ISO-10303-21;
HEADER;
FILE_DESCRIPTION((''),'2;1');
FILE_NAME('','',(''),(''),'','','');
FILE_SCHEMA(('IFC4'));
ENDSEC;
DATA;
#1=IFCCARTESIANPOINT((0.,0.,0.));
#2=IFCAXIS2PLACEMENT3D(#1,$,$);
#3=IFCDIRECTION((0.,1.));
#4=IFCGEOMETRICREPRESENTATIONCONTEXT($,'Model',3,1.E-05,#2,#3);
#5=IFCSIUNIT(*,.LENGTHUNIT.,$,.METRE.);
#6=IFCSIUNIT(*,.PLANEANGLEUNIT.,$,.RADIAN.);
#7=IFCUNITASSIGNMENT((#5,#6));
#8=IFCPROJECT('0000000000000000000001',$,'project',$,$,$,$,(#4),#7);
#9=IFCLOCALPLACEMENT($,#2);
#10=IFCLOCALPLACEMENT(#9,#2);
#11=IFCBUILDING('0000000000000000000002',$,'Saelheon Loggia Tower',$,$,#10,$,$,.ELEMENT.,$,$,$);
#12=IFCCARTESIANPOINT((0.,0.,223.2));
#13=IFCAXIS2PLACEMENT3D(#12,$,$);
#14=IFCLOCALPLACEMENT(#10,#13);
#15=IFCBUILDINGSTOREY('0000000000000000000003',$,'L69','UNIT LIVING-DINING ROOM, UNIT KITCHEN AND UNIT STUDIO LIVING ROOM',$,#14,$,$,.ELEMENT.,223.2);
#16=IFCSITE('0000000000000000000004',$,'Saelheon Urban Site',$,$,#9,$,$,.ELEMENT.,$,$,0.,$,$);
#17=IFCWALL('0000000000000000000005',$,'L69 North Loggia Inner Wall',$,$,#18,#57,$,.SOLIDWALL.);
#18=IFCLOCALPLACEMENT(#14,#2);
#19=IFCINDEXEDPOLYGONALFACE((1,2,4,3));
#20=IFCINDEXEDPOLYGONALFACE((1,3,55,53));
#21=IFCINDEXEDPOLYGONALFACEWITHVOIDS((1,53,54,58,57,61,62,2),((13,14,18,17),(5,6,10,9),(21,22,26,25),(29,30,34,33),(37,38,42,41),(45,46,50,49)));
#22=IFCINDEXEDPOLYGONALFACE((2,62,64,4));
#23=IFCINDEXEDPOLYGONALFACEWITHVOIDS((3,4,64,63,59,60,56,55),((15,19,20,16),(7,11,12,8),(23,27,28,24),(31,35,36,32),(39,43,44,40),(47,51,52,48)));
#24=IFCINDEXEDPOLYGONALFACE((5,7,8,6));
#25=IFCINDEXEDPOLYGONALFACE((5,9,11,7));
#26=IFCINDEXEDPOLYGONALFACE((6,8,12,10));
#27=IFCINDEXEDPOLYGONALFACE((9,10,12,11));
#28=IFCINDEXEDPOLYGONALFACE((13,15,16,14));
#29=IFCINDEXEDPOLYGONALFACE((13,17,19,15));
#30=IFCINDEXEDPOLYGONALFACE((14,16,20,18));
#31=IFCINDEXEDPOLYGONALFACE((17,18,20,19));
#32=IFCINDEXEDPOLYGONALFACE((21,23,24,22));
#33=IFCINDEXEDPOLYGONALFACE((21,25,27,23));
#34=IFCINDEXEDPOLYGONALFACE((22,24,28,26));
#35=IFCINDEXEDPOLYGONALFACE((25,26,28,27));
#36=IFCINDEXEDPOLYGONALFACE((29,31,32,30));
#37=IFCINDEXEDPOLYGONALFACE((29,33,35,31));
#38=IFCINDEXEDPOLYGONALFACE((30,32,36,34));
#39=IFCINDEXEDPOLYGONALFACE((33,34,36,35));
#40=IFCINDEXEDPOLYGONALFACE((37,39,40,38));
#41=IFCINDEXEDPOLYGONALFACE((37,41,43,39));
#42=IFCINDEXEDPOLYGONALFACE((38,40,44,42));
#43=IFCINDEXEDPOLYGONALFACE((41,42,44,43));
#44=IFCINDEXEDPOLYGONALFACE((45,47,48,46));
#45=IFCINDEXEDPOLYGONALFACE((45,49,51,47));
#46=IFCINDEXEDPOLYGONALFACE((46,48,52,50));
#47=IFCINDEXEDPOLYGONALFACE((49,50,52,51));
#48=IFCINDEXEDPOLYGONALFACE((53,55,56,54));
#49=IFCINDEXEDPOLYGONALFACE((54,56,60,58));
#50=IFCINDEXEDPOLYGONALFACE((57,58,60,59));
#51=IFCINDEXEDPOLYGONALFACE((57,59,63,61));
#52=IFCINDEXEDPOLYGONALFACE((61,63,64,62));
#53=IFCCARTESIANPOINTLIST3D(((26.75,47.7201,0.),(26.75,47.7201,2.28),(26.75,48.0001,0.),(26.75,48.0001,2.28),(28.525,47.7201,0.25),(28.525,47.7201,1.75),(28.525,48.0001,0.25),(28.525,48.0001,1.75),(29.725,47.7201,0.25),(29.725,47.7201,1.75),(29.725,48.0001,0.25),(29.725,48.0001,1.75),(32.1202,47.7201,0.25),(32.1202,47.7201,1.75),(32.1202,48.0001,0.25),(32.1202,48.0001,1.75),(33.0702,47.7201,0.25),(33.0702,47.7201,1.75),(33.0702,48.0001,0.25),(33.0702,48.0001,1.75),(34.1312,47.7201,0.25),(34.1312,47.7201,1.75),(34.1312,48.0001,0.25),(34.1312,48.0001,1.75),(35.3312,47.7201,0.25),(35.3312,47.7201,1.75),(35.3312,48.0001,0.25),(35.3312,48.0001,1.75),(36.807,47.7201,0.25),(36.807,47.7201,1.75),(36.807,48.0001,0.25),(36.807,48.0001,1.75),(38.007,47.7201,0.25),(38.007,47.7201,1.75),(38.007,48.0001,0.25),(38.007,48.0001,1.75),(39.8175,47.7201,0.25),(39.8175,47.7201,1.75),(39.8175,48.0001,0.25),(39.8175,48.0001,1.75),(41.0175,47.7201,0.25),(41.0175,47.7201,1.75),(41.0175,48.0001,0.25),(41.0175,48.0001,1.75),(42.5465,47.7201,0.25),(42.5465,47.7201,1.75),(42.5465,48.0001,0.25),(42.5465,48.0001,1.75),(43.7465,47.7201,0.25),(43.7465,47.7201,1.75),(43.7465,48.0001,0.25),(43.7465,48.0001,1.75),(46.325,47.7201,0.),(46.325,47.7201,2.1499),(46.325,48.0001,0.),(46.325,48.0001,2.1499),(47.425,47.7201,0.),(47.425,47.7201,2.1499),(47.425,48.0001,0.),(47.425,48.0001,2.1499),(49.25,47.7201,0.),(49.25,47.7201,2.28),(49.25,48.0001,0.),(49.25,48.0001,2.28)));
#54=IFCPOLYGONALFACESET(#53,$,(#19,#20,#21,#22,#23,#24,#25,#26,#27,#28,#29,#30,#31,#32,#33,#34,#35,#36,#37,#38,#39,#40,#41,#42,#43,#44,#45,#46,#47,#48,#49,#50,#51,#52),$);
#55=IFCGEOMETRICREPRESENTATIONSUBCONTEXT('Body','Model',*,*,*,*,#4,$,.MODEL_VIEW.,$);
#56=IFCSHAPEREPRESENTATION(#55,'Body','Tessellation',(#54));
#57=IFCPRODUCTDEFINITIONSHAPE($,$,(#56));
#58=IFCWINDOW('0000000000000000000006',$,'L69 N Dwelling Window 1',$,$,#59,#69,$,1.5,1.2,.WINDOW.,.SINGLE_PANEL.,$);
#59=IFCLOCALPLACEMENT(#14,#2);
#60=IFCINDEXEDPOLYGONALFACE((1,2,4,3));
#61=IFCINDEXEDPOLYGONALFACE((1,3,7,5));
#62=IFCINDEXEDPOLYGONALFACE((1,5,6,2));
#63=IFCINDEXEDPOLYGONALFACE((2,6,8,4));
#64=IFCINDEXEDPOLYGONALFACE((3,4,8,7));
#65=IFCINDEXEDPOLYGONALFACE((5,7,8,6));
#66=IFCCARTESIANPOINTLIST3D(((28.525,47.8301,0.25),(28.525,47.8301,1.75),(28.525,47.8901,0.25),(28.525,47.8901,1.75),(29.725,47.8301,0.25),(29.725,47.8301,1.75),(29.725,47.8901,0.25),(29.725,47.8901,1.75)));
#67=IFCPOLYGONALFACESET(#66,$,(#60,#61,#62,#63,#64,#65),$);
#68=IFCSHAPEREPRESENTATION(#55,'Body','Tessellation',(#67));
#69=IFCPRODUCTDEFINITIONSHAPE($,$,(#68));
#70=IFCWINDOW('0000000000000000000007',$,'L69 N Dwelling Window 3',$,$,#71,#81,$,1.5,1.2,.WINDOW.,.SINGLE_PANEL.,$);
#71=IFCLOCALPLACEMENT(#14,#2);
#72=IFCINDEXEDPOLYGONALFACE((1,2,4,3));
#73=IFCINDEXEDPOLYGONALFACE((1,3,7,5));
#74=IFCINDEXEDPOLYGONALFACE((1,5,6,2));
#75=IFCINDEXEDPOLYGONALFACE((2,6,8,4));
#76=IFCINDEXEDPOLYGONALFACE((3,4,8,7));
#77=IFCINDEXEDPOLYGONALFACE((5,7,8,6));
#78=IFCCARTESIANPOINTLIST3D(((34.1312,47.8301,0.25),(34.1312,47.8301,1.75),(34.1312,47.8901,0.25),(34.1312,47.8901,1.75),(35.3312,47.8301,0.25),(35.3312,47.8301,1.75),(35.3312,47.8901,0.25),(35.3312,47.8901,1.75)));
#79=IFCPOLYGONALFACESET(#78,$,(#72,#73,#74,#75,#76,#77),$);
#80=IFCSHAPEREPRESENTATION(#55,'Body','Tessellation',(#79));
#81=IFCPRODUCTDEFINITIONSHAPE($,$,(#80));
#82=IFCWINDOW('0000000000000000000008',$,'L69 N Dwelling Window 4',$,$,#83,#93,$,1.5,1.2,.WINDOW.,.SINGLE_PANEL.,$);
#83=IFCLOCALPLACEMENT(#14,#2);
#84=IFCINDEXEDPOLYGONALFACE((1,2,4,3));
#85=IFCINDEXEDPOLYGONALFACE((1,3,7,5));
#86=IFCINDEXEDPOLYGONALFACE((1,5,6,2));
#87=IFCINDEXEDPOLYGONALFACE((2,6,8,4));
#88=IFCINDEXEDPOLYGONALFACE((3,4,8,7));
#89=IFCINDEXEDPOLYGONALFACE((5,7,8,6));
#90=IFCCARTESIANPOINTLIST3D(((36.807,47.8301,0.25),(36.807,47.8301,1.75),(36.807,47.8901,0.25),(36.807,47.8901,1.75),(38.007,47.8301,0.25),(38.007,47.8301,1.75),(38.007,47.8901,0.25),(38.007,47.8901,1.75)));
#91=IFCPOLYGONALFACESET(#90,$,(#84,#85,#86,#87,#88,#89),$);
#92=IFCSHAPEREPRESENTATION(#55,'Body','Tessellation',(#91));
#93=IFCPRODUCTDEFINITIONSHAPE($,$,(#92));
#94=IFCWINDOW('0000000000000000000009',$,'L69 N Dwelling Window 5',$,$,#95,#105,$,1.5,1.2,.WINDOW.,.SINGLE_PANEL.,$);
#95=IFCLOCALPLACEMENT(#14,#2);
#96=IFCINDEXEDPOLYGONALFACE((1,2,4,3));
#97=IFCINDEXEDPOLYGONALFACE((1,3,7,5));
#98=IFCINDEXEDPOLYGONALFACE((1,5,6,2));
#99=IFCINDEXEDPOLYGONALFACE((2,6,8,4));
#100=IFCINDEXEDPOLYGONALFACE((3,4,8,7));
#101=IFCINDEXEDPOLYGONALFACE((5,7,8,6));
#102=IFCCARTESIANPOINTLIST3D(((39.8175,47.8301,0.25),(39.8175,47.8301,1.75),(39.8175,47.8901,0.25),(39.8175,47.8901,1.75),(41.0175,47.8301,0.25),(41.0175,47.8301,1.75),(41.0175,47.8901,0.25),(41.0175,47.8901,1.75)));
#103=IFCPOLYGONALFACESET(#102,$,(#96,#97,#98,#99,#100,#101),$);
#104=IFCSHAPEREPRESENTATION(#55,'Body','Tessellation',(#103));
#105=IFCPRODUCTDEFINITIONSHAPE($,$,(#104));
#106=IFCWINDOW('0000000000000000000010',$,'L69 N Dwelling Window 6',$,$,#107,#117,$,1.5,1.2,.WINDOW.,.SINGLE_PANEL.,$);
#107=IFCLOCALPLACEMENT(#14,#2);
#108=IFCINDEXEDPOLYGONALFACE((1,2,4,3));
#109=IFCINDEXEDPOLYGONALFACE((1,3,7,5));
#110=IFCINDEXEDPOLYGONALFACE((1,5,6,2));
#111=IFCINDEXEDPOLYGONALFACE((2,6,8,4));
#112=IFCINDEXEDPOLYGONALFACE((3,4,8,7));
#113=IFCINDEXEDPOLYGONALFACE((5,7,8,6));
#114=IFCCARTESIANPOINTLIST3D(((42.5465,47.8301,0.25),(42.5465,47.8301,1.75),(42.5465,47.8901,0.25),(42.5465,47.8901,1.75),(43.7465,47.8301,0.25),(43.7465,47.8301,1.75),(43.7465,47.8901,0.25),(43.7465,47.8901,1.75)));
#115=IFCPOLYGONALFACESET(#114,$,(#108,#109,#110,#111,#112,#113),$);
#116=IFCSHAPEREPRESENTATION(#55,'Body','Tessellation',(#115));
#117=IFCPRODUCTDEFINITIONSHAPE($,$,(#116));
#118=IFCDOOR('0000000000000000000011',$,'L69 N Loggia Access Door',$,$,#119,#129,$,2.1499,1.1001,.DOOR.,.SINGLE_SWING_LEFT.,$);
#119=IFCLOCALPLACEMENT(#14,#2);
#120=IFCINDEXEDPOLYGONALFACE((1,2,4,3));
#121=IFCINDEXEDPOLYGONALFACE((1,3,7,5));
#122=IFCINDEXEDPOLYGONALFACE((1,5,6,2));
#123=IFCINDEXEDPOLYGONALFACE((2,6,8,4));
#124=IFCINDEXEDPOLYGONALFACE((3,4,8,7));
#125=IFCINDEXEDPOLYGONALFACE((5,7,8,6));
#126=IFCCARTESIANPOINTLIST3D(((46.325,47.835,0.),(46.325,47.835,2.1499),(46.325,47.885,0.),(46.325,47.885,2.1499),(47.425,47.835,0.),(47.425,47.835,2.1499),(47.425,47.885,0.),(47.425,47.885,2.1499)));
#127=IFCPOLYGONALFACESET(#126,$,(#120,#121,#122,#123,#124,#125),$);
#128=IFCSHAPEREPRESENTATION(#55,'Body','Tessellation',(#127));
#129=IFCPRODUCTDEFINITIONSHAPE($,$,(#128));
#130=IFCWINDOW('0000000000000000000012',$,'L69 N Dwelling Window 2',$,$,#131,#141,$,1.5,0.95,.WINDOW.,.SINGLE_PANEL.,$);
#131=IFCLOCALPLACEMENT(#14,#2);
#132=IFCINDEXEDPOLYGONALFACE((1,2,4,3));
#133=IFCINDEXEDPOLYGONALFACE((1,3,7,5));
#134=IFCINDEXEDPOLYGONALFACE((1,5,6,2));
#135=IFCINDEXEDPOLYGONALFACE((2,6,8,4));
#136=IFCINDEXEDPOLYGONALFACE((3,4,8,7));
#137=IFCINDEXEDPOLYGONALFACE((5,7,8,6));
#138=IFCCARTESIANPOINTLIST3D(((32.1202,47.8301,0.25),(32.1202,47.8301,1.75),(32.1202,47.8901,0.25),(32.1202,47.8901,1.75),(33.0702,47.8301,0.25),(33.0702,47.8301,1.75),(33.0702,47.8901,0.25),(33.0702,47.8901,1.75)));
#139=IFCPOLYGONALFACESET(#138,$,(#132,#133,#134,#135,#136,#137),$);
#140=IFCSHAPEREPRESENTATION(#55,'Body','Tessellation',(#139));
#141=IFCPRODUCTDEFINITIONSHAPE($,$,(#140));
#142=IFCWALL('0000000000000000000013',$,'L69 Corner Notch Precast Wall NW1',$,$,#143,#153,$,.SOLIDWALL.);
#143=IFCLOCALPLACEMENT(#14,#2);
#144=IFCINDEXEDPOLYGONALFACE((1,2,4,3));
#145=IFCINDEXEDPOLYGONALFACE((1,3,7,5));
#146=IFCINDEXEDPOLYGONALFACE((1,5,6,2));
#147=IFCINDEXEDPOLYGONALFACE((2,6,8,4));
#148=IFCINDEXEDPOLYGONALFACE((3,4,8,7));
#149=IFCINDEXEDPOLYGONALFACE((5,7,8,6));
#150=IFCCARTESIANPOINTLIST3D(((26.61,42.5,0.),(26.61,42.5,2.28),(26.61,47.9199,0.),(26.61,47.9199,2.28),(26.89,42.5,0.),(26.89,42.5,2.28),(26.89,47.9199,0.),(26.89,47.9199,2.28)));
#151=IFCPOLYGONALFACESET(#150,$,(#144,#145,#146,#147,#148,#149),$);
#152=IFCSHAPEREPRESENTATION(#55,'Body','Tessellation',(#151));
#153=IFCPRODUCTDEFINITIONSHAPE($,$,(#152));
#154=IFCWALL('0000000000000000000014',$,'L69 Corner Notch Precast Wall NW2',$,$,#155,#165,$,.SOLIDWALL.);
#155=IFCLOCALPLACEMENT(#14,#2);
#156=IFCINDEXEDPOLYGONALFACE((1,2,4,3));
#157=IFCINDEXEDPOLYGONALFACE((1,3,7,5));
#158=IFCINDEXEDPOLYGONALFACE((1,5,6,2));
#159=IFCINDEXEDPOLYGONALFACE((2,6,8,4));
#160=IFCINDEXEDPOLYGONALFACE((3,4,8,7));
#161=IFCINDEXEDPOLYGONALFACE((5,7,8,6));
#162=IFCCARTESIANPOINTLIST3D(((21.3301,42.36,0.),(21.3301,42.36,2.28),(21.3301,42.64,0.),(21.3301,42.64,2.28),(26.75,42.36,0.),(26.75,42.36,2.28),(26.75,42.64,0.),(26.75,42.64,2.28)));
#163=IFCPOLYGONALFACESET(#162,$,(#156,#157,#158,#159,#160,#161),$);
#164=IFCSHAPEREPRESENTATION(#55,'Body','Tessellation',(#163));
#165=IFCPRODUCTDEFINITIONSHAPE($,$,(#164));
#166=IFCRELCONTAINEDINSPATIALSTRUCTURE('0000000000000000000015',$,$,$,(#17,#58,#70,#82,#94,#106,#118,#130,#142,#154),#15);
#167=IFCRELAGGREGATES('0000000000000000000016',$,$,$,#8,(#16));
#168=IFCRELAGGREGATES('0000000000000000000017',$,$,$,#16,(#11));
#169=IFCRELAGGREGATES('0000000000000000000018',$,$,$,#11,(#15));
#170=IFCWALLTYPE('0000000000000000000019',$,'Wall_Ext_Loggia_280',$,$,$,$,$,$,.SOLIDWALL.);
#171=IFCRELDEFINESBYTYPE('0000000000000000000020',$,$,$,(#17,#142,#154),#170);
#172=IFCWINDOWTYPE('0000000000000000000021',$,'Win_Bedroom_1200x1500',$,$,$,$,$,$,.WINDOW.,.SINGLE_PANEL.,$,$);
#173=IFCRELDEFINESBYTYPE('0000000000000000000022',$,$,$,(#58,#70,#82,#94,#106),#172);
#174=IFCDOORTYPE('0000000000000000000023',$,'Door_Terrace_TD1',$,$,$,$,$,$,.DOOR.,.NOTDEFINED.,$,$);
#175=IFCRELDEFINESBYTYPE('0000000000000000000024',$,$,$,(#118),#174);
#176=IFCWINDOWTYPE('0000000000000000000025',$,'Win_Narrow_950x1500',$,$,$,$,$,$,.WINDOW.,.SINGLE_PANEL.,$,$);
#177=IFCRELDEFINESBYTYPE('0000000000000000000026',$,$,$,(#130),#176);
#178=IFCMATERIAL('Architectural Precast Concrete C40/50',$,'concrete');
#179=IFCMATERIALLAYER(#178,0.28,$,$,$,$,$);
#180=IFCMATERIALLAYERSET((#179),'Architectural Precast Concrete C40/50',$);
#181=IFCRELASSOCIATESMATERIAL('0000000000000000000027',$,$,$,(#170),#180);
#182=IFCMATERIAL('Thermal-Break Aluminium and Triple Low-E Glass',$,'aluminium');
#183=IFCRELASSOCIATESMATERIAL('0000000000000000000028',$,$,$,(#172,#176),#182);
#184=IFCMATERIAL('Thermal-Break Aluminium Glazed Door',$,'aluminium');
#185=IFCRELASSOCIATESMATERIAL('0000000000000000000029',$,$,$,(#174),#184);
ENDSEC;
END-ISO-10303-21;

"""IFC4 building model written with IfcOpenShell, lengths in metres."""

from ifc_helpers import new_model, si_unit, direction, frame, frame_2d, origin, place, context, subcontext, project, spatial, rectangle, extrude, source, transform, mapped, material, layer, layer_set, type_object, element, fill, save


model = new_model("IFC4")

# Units and contexts
model_context = context("Model", 3, precision=1e-05, world=origin(), true_north=direction((0.0, 1.0)))
body_context = subcontext(model_context, "Body", "Model", "MODEL_VIEW")
ifc_project = project(units=[si_unit("LENGTHUNIT", "METRE"), si_unit("PLANEANGLEUNIT", "RADIAN")], contexts=[model_context])

# Site, building, storey
site_placement = place(None, origin())
site = spatial("IfcSite", under=ifc_project, at=site_placement, Name="Saelheon Urban Site", CompositionType="ELEMENT", RefElevation=0.0)
building_placement = place(site_placement, origin())
building = spatial("IfcBuilding", under=site, at=building_placement, Name="Saelheon Loggia Tower", CompositionType="ELEMENT")
storey_placement = place(building_placement, frame((0.0, 0.0, 223.2)))
storey = spatial("IfcBuildingStorey", under=building, at=storey_placement, Name="L69", Description="UNIT LIVING-DINING ROOM, UNIT KITCHEN AND UNIT STUDIO LIVING ROOM", CompositionType="ELEMENT", Elevation=223.2)

# Wall, openings, windows, door
ifc_material_1 = material(Name="Architectural Precast Concrete C40/50", Category="concrete")
ifc_layer_1 = layer(ifc_material_1, 0.28)
ifc_layer_set_1 = layer_set([ifc_layer_1], Name="Architectural Precast Concrete C40/50")
wall_type_1 = type_object("IfcWallType", Name="Wall_Ext_Loggia_280", PredefinedType="SOLIDWALL", material=ifc_layer_set_1)
wall_1_placement = place(storey_placement, frame((26.75, 47.8601, 0.0), z_axis=(0.0, 0.0, 1.0), x_axis=(1.0, 0.0, 0.0)))
wall_1 = element("IfcWall", 1, at=wall_1_placement, inside=storey, type_object=wall_type_1, Name="L69 North Loggia Inner Wall", PredefinedType="SOLIDWALL", context=body_context, shape_type="SweptSolid", body=[
    extrude(rectangle(XDim=22.5, YDim=0.28, at=frame_2d((11.25, 0.0))), origin(), (0.0, 0.0, 1.0), 2.28),
])
opening_1_placement = place(wall_1_placement, frame((1.7749, 0.0, 0.25)))
opening_1 = element("IfcOpeningElement", 2, at=opening_1_placement, cuts=wall_1, PredefinedType="OPENING", context=body_context, shape_type="SweptSolid", body=[
    extrude(rectangle(XDim=1.2, YDim=1.5, at=frame_2d((0.6001, 0.75))), frame((0.0, 0.1521, 0.0), z_axis=(0.0, -1.0, 0.0), x_axis=(1.0, 0.0, 0.0)), (0.0, 0.0, 1.0), 0.304),
])
opening_2_placement = place(wall_1_placement, frame((5.3701, 0.0, 0.25)))
opening_2 = element("IfcOpeningElement", 3, at=opening_2_placement, cuts=wall_1, PredefinedType="OPENING", context=body_context, shape_type="SweptSolid", body=[
    extrude(rectangle(XDim=0.95, YDim=1.5, at=frame_2d((0.4751, 0.75))), frame((0.0, 0.1521, 0.0), z_axis=(0.0, -1.0, 0.0), x_axis=(1.0, 0.0, 0.0)), (0.0, 0.0, 1.0), 0.304),
])
opening_3_placement = place(wall_1_placement, frame((7.3811, 0.0, 0.25)))
opening_3 = element("IfcOpeningElement", 4, at=opening_3_placement, cuts=wall_1, PredefinedType="OPENING", context=body_context, shape_type="SweptSolid", body=[
    extrude(rectangle(XDim=1.2, YDim=1.5, at=frame_2d((0.6001, 0.75))), frame((0.0, 0.1521, 0.0), z_axis=(0.0, -1.0, 0.0), x_axis=(1.0, 0.0, 0.0)), (0.0, 0.0, 1.0), 0.304),
])
opening_4_placement = place(wall_1_placement, frame((10.0569, 0.0, 0.25)))
opening_4 = element("IfcOpeningElement", 5, at=opening_4_placement, cuts=wall_1, PredefinedType="OPENING", context=body_context, shape_type="SweptSolid", body=[
    extrude(rectangle(XDim=1.2, YDim=1.5, at=frame_2d((0.6001, 0.75))), frame((0.0, 0.1521, 0.0), z_axis=(0.0, -1.0, 0.0), x_axis=(1.0, 0.0, 0.0)), (0.0, 0.0, 1.0), 0.304),
])
opening_5_placement = place(wall_1_placement, frame((13.0674, 0.0, 0.25)))
opening_5 = element("IfcOpeningElement", 6, at=opening_5_placement, cuts=wall_1, PredefinedType="OPENING", context=body_context, shape_type="SweptSolid", body=[
    extrude(rectangle(XDim=1.2, YDim=1.5, at=frame_2d((0.6001, 0.75))), frame((0.0, 0.1521, 0.0), z_axis=(0.0, -1.0, 0.0), x_axis=(1.0, 0.0, 0.0)), (0.0, 0.0, 1.0), 0.304),
])
opening_6_placement = place(wall_1_placement, frame((15.7964, 0.0, 0.25)))
opening_6 = element("IfcOpeningElement", 7, at=opening_6_placement, cuts=wall_1, PredefinedType="OPENING", context=body_context, shape_type="SweptSolid", body=[
    extrude(rectangle(XDim=1.2, YDim=1.5, at=frame_2d((0.6001, 0.75))), frame((0.0, 0.1521, 0.0), z_axis=(0.0, -1.0, 0.0), x_axis=(1.0, 0.0, 0.0)), (0.0, 0.0, 1.0), 0.304),
])
opening_7_placement = place(wall_1_placement, frame((19.575, 0.0, 0.0)))
opening_7 = element("IfcOpeningElement", 8, at=opening_7_placement, cuts=wall_1, PredefinedType="OPENING", context=body_context, shape_type="SweptSolid", body=[
    extrude(rectangle(XDim=1.1001, YDim=2.1499, at=frame_2d((0.55, 1.075))), frame((0.0, 0.1521, 0.0), z_axis=(0.0, -1.0, 0.0), x_axis=(1.0, 0.0, 0.0)), (0.0, 0.0, 1.0), 0.304),
])
ifc_material_2 = material(Name="Thermal-Break Aluminium and Triple Low-E Glass", Category="aluminium")
window_type_1 = type_object("IfcWindowType", Name="Win_Bedroom_1200x1500", PartitioningType="SINGLE_PANEL", PredefinedType="WINDOW", material=ifc_material_2)
shared_shape_1 = source(origin(), body_context, "Body", "SweptSolid", [
    extrude(rectangle(XDim=1.2, YDim=1.5, at=frame_2d((0.6001, 0.75))), frame((0.0, 0.03, 0.0), z_axis=(0.0, -1.0, 0.0), x_axis=(1.0, 0.0, 0.0)), (0.0, 0.0, 1.0), 0.0601),
])
window_1_placement = place(opening_1_placement, origin())
window_1 = element("IfcWindow", 9, at=window_1_placement, inside=storey, type_object=window_type_1, Name="L69 N Dwelling Window 1", OverallHeight=1.5, OverallWidth=1.2, PartitioningType="SINGLE_PANEL", PredefinedType="WINDOW", context=body_context, shape_type="MappedRepresentation", body=[
    mapped(shared_shape_1, transform((0.0, 0.0, 0.0), scale=1.0)),
])
fill(opening_1, window_1)
window_2_placement = place(opening_3_placement, origin())
window_2 = element("IfcWindow", 10, at=window_2_placement, inside=storey, type_object=window_type_1, Name="L69 N Dwelling Window 3", OverallHeight=1.5, OverallWidth=1.2, PartitioningType="SINGLE_PANEL", PredefinedType="WINDOW", context=body_context, shape_type="MappedRepresentation", body=[
    mapped(shared_shape_1, transform((0.0, 0.0, 0.0), scale=1.0)),
])
fill(opening_3, window_2)
window_3_placement = place(opening_4_placement, origin())
window_3 = element("IfcWindow", 11, at=window_3_placement, inside=storey, type_object=window_type_1, Name="L69 N Dwelling Window 4", OverallHeight=1.5, OverallWidth=1.2, PartitioningType="SINGLE_PANEL", PredefinedType="WINDOW", context=body_context, shape_type="MappedRepresentation", body=[
    mapped(shared_shape_1, transform((0.0, 0.0, 0.0), scale=1.0)),
])
fill(opening_4, window_3)
window_4_placement = place(opening_5_placement, origin())
window_4 = element("IfcWindow", 12, at=window_4_placement, inside=storey, type_object=window_type_1, Name="L69 N Dwelling Window 5", OverallHeight=1.5, OverallWidth=1.2, PartitioningType="SINGLE_PANEL", PredefinedType="WINDOW", context=body_context, shape_type="MappedRepresentation", body=[
    mapped(shared_shape_1, transform((0.0, 0.0, 0.0), scale=1.0)),
])
fill(opening_5, window_4)
window_5_placement = place(opening_6_placement, origin())
window_5 = element("IfcWindow", 13, at=window_5_placement, inside=storey, type_object=window_type_1, Name="L69 N Dwelling Window 6", OverallHeight=1.5, OverallWidth=1.2, PartitioningType="SINGLE_PANEL", PredefinedType="WINDOW", context=body_context, shape_type="MappedRepresentation", body=[
    mapped(shared_shape_1, transform((0.0, 0.0, 0.0), scale=1.0)),
])
fill(opening_6, window_5)
ifc_material_3 = material(Name="Thermal-Break Aluminium Glazed Door", Category="aluminium")
door_type_1 = type_object("IfcDoorType", Name="Door_Terrace_TD1", OperationType="NOTDEFINED", PredefinedType="DOOR", material=ifc_material_3)
shared_shape_2 = source(origin(), body_context, "Body", "SweptSolid", [
    extrude(rectangle(XDim=1.1001, YDim=2.1499, at=frame_2d((0.55, 1.075))), frame((0.0, 0.0249, 0.0), z_axis=(0.0, -1.0, 0.0), x_axis=(1.0, 0.0, 0.0)), (0.0, 0.0, 1.0), 0.05),
])
door_1_placement = place(opening_7_placement, origin())
door_1 = element("IfcDoor", 14, at=door_1_placement, inside=storey, type_object=door_type_1, Name="L69 N Loggia Access Door", OperationType="SINGLE_SWING_LEFT", OverallHeight=2.1499, OverallWidth=1.1001, PredefinedType="DOOR", context=body_context, shape_type="MappedRepresentation", body=[
    mapped(shared_shape_2, transform((0.0, 0.0, 0.0), scale=1.0)),
])
fill(opening_7, door_1)
window_type_2 = type_object("IfcWindowType", Name="Win_Narrow_950x1500", PartitioningType="SINGLE_PANEL", PredefinedType="WINDOW", material=ifc_material_2)
shared_shape_3 = source(origin(), body_context, "Body", "SweptSolid", [
    extrude(rectangle(XDim=0.95, YDim=1.5, at=frame_2d((0.4751, 0.75))), frame((0.0, 0.03, 0.0), z_axis=(0.0, -1.0, 0.0), x_axis=(1.0, 0.0, 0.0)), (0.0, 0.0, 1.0), 0.0601),
])
window_6_placement = place(opening_2_placement, origin())
window_6 = element("IfcWindow", 15, at=window_6_placement, inside=storey, type_object=window_type_2, Name="L69 N Dwelling Window 2", OverallHeight=1.5, OverallWidth=0.95, PartitioningType="SINGLE_PANEL", PredefinedType="WINDOW", context=body_context, shape_type="MappedRepresentation", body=[
    mapped(shared_shape_3, transform((0.0, 0.0, 0.0), scale=1.0)),
])
fill(opening_2, window_6)

# Walls
for number, where, z_axis, x_axis, name in (
    (16, (26.75, 42.5, 0.0), (0.0, 0.0, 1.0), (0.0, 1.0, 0.0), "L69 Corner Notch Precast Wall NW1"),
    (17, (21.3301, 42.5, 0.0), (0.0, 0.0, 1.0), (1.0, 0.0, 0.0), "L69 Corner Notch Precast Wall NW2"),
):
    element("IfcWall", number, at=place(storey_placement, frame(where, z_axis=z_axis, x_axis=x_axis)), inside=storey, type_object=wall_type_1, Name=name, PredefinedType="SOLIDWALL", context=body_context, shape_type="SweptSolid", body=[
        extrude(rectangle(XDim=5.4199, YDim=0.28, at=frame_2d((2.71, 0.0))), origin(), (0.0, 0.0, 1.0), 2.28),
    ])

save(model, "model.ifc")
